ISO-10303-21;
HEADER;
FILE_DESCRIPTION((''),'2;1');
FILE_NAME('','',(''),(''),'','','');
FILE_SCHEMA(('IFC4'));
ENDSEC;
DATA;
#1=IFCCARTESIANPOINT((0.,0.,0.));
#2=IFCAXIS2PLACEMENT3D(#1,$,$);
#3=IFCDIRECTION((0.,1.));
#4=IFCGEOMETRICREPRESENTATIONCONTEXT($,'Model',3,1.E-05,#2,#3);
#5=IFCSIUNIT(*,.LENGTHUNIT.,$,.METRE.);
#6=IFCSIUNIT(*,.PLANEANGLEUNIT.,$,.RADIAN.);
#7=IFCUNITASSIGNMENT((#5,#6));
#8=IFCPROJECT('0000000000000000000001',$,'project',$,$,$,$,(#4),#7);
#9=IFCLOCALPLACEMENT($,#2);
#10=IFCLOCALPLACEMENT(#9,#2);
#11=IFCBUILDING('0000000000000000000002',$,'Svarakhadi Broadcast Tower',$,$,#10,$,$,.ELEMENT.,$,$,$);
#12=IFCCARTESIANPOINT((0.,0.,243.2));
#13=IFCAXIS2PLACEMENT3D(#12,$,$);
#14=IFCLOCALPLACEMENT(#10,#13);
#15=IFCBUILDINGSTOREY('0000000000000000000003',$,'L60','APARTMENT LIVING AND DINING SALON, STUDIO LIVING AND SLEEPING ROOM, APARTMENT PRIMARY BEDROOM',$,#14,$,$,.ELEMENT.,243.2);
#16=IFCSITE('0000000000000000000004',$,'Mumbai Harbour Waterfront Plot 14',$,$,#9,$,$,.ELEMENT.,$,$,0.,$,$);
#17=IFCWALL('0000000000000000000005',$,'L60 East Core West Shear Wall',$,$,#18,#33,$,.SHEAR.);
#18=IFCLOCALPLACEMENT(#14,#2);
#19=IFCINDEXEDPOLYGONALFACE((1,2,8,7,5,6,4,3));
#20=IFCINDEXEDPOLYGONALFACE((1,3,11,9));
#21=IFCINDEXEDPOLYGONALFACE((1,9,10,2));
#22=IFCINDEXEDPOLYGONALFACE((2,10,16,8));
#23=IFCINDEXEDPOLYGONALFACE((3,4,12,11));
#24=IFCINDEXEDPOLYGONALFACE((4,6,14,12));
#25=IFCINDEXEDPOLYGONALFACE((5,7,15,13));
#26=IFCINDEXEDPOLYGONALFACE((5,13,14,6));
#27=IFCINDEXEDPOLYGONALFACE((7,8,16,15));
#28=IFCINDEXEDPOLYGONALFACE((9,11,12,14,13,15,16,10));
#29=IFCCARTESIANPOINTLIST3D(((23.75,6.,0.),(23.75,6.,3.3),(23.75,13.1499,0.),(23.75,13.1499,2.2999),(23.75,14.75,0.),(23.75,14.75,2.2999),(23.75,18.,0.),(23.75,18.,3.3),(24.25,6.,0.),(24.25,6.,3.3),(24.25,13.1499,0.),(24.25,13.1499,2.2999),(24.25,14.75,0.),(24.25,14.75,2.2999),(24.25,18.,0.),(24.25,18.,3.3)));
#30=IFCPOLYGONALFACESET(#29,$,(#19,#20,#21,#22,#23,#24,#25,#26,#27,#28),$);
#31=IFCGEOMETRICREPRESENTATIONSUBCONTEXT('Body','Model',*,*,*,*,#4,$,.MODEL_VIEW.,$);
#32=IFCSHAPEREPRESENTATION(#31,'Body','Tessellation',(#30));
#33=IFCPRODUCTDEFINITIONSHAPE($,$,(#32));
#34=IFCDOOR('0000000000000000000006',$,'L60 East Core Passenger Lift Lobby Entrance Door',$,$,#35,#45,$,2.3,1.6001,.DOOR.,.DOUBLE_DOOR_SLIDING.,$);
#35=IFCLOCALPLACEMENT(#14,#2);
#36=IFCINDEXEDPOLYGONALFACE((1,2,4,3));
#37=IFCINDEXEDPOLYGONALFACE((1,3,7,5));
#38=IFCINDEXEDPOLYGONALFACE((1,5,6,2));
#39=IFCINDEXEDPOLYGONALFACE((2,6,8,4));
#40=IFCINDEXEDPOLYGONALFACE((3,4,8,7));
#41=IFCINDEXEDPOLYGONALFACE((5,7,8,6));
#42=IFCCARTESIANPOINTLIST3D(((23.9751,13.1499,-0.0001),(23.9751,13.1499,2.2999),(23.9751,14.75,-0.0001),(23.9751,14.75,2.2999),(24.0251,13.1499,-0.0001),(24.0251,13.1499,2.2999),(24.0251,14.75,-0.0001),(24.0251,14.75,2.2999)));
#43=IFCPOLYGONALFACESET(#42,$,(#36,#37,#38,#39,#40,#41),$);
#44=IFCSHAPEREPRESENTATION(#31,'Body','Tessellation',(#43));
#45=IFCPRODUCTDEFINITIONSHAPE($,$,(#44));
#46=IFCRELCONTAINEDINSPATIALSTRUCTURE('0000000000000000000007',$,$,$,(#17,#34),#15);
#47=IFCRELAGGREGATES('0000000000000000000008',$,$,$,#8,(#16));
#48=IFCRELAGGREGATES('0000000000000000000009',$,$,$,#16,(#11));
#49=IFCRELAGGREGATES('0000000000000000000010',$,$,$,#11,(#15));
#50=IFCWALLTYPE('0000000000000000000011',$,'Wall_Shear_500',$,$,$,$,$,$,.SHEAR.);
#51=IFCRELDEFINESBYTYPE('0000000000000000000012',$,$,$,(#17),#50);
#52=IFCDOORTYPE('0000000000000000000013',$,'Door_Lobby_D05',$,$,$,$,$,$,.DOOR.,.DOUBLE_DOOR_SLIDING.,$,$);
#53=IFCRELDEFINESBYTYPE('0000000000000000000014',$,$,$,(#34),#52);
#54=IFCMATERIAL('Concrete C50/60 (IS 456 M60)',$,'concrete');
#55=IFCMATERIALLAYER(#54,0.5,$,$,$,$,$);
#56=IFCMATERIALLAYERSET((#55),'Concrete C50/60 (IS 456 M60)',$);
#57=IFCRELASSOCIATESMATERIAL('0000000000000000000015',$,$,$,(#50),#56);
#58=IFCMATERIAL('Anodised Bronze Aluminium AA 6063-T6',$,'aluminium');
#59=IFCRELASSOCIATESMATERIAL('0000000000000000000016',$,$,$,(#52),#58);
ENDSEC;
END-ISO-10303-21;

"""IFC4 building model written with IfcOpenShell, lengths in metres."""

from ifc_helpers import new_model, si_unit, direction, frame, frame_2d, origin, place, context, subcontext, project, spatial, rectangle, extrude, material, layer, layer_set, type_object, element, fill, save


model = new_model("IFC4")

# Units and contexts
model_context = context("Model", 3, precision=1e-05, world=origin(), true_north=direction((0.0, 1.0)))
body_context = subcontext(model_context, "Body", "Model", "MODEL_VIEW")
ifc_project = project(units=[si_unit("LENGTHUNIT", "METRE"), si_unit("PLANEANGLEUNIT", "RADIAN")], contexts=[model_context])

# Site, building, storey
site_placement = place(None, origin())
site = spatial("IfcSite", under=ifc_project, at=site_placement, Name="Mumbai Harbour Waterfront Plot 14", CompositionType="ELEMENT", RefElevation=0.0)
building_placement = place(site_placement, origin())
building = spatial("IfcBuilding", under=site, at=building_placement, Name="Svarakhadi Broadcast Tower", CompositionType="ELEMENT")
storey_placement = place(building_placement, frame((0.0, 0.0, 243.2)))
storey = spatial("IfcBuildingStorey", under=building, at=storey_placement, Name="L60", Description="APARTMENT LIVING AND DINING SALON, STUDIO LIVING AND SLEEPING ROOM, APARTMENT PRIMARY BEDROOM", CompositionType="ELEMENT", Elevation=243.2)

# Shared definitions
ifc_material_1 = material(Name="Concrete C50/60 (IS 456 M60)", Category="concrete")

# Shared definitions
ifc_layer_1 = layer(ifc_material_1, 0.5)
ifc_layer_set_1 = layer_set([ifc_layer_1], Name="Concrete C50/60 (IS 456 M60)")
wall_type_1 = type_object("IfcWallType", Name="Wall_Shear_500", PredefinedType="SHEAR", material=ifc_layer_set_1)

# Wall, opening, door
wall_1_placement = place(storey_placement, frame((24.0, 6.0, 0.0), z_axis=(0.0, 0.0, 1.0), x_axis=(0.0, 1.0, 0.0)))
wall_1 = element("IfcWall", 1, at=wall_1_placement, inside=storey, type_object=wall_type_1, Name="L60 East Core West Shear Wall", PredefinedType="SHEAR", context=body_context, shape_type="SweptSolid", body=[
    extrude(rectangle(XDim=12.0, YDim=0.5, at=frame_2d((6.0, 0.0))), origin(), (0.0, 0.0, 1.0), 3.3),
])
opening_1_placement = place(wall_1_placement, frame((7.1499, 0.0, 0.0)))
opening_1 = element("IfcOpeningElement", 2, at=opening_1_placement, cuts=wall_1, PredefinedType="OPENING", context=body_context, shape_type="SweptSolid", body=[
    extrude(rectangle(XDim=1.6001, YDim=2.3, at=frame_2d((0.8, 1.1499))), frame((0.0, 0.26, 0.0), z_axis=(0.0, -1.0, 0.0), x_axis=(1.0, 0.0, 0.0)), (0.0, 0.0, 1.0), 0.52),
])
ifc_material_2 = material(Name="Anodised Bronze Aluminium AA 6063-T6", Category="aluminium")
door_type_1 = type_object("IfcDoorType", Name="Door_Lobby_D05", OperationType="DOUBLE_DOOR_SLIDING", PredefinedType="DOOR", material=ifc_material_2)
door_1_placement = place(opening_1_placement, origin())
door_1 = element("IfcDoor", 3, at=door_1_placement, inside=storey, type_object=door_type_1, Name="L60 East Core Passenger Lift Lobby Entrance Door", OperationType="DOUBLE_DOOR_SLIDING", OverallHeight=2.3, OverallWidth=1.6001, PredefinedType="DOOR", context=body_context, shape_type="SweptSolid", body=[
    extrude(rectangle(XDim=1.6001, YDim=2.3, at=frame_2d((0.8, 1.1499))), frame((0.0, 0.0249, 0.0), z_axis=(0.0, -1.0, 0.0), x_axis=(1.0, 0.0, 0.0)), (0.0, 0.0, 1.0), 0.05),
])
fill(opening_1, door_1)

save(model, "model.ifc")
